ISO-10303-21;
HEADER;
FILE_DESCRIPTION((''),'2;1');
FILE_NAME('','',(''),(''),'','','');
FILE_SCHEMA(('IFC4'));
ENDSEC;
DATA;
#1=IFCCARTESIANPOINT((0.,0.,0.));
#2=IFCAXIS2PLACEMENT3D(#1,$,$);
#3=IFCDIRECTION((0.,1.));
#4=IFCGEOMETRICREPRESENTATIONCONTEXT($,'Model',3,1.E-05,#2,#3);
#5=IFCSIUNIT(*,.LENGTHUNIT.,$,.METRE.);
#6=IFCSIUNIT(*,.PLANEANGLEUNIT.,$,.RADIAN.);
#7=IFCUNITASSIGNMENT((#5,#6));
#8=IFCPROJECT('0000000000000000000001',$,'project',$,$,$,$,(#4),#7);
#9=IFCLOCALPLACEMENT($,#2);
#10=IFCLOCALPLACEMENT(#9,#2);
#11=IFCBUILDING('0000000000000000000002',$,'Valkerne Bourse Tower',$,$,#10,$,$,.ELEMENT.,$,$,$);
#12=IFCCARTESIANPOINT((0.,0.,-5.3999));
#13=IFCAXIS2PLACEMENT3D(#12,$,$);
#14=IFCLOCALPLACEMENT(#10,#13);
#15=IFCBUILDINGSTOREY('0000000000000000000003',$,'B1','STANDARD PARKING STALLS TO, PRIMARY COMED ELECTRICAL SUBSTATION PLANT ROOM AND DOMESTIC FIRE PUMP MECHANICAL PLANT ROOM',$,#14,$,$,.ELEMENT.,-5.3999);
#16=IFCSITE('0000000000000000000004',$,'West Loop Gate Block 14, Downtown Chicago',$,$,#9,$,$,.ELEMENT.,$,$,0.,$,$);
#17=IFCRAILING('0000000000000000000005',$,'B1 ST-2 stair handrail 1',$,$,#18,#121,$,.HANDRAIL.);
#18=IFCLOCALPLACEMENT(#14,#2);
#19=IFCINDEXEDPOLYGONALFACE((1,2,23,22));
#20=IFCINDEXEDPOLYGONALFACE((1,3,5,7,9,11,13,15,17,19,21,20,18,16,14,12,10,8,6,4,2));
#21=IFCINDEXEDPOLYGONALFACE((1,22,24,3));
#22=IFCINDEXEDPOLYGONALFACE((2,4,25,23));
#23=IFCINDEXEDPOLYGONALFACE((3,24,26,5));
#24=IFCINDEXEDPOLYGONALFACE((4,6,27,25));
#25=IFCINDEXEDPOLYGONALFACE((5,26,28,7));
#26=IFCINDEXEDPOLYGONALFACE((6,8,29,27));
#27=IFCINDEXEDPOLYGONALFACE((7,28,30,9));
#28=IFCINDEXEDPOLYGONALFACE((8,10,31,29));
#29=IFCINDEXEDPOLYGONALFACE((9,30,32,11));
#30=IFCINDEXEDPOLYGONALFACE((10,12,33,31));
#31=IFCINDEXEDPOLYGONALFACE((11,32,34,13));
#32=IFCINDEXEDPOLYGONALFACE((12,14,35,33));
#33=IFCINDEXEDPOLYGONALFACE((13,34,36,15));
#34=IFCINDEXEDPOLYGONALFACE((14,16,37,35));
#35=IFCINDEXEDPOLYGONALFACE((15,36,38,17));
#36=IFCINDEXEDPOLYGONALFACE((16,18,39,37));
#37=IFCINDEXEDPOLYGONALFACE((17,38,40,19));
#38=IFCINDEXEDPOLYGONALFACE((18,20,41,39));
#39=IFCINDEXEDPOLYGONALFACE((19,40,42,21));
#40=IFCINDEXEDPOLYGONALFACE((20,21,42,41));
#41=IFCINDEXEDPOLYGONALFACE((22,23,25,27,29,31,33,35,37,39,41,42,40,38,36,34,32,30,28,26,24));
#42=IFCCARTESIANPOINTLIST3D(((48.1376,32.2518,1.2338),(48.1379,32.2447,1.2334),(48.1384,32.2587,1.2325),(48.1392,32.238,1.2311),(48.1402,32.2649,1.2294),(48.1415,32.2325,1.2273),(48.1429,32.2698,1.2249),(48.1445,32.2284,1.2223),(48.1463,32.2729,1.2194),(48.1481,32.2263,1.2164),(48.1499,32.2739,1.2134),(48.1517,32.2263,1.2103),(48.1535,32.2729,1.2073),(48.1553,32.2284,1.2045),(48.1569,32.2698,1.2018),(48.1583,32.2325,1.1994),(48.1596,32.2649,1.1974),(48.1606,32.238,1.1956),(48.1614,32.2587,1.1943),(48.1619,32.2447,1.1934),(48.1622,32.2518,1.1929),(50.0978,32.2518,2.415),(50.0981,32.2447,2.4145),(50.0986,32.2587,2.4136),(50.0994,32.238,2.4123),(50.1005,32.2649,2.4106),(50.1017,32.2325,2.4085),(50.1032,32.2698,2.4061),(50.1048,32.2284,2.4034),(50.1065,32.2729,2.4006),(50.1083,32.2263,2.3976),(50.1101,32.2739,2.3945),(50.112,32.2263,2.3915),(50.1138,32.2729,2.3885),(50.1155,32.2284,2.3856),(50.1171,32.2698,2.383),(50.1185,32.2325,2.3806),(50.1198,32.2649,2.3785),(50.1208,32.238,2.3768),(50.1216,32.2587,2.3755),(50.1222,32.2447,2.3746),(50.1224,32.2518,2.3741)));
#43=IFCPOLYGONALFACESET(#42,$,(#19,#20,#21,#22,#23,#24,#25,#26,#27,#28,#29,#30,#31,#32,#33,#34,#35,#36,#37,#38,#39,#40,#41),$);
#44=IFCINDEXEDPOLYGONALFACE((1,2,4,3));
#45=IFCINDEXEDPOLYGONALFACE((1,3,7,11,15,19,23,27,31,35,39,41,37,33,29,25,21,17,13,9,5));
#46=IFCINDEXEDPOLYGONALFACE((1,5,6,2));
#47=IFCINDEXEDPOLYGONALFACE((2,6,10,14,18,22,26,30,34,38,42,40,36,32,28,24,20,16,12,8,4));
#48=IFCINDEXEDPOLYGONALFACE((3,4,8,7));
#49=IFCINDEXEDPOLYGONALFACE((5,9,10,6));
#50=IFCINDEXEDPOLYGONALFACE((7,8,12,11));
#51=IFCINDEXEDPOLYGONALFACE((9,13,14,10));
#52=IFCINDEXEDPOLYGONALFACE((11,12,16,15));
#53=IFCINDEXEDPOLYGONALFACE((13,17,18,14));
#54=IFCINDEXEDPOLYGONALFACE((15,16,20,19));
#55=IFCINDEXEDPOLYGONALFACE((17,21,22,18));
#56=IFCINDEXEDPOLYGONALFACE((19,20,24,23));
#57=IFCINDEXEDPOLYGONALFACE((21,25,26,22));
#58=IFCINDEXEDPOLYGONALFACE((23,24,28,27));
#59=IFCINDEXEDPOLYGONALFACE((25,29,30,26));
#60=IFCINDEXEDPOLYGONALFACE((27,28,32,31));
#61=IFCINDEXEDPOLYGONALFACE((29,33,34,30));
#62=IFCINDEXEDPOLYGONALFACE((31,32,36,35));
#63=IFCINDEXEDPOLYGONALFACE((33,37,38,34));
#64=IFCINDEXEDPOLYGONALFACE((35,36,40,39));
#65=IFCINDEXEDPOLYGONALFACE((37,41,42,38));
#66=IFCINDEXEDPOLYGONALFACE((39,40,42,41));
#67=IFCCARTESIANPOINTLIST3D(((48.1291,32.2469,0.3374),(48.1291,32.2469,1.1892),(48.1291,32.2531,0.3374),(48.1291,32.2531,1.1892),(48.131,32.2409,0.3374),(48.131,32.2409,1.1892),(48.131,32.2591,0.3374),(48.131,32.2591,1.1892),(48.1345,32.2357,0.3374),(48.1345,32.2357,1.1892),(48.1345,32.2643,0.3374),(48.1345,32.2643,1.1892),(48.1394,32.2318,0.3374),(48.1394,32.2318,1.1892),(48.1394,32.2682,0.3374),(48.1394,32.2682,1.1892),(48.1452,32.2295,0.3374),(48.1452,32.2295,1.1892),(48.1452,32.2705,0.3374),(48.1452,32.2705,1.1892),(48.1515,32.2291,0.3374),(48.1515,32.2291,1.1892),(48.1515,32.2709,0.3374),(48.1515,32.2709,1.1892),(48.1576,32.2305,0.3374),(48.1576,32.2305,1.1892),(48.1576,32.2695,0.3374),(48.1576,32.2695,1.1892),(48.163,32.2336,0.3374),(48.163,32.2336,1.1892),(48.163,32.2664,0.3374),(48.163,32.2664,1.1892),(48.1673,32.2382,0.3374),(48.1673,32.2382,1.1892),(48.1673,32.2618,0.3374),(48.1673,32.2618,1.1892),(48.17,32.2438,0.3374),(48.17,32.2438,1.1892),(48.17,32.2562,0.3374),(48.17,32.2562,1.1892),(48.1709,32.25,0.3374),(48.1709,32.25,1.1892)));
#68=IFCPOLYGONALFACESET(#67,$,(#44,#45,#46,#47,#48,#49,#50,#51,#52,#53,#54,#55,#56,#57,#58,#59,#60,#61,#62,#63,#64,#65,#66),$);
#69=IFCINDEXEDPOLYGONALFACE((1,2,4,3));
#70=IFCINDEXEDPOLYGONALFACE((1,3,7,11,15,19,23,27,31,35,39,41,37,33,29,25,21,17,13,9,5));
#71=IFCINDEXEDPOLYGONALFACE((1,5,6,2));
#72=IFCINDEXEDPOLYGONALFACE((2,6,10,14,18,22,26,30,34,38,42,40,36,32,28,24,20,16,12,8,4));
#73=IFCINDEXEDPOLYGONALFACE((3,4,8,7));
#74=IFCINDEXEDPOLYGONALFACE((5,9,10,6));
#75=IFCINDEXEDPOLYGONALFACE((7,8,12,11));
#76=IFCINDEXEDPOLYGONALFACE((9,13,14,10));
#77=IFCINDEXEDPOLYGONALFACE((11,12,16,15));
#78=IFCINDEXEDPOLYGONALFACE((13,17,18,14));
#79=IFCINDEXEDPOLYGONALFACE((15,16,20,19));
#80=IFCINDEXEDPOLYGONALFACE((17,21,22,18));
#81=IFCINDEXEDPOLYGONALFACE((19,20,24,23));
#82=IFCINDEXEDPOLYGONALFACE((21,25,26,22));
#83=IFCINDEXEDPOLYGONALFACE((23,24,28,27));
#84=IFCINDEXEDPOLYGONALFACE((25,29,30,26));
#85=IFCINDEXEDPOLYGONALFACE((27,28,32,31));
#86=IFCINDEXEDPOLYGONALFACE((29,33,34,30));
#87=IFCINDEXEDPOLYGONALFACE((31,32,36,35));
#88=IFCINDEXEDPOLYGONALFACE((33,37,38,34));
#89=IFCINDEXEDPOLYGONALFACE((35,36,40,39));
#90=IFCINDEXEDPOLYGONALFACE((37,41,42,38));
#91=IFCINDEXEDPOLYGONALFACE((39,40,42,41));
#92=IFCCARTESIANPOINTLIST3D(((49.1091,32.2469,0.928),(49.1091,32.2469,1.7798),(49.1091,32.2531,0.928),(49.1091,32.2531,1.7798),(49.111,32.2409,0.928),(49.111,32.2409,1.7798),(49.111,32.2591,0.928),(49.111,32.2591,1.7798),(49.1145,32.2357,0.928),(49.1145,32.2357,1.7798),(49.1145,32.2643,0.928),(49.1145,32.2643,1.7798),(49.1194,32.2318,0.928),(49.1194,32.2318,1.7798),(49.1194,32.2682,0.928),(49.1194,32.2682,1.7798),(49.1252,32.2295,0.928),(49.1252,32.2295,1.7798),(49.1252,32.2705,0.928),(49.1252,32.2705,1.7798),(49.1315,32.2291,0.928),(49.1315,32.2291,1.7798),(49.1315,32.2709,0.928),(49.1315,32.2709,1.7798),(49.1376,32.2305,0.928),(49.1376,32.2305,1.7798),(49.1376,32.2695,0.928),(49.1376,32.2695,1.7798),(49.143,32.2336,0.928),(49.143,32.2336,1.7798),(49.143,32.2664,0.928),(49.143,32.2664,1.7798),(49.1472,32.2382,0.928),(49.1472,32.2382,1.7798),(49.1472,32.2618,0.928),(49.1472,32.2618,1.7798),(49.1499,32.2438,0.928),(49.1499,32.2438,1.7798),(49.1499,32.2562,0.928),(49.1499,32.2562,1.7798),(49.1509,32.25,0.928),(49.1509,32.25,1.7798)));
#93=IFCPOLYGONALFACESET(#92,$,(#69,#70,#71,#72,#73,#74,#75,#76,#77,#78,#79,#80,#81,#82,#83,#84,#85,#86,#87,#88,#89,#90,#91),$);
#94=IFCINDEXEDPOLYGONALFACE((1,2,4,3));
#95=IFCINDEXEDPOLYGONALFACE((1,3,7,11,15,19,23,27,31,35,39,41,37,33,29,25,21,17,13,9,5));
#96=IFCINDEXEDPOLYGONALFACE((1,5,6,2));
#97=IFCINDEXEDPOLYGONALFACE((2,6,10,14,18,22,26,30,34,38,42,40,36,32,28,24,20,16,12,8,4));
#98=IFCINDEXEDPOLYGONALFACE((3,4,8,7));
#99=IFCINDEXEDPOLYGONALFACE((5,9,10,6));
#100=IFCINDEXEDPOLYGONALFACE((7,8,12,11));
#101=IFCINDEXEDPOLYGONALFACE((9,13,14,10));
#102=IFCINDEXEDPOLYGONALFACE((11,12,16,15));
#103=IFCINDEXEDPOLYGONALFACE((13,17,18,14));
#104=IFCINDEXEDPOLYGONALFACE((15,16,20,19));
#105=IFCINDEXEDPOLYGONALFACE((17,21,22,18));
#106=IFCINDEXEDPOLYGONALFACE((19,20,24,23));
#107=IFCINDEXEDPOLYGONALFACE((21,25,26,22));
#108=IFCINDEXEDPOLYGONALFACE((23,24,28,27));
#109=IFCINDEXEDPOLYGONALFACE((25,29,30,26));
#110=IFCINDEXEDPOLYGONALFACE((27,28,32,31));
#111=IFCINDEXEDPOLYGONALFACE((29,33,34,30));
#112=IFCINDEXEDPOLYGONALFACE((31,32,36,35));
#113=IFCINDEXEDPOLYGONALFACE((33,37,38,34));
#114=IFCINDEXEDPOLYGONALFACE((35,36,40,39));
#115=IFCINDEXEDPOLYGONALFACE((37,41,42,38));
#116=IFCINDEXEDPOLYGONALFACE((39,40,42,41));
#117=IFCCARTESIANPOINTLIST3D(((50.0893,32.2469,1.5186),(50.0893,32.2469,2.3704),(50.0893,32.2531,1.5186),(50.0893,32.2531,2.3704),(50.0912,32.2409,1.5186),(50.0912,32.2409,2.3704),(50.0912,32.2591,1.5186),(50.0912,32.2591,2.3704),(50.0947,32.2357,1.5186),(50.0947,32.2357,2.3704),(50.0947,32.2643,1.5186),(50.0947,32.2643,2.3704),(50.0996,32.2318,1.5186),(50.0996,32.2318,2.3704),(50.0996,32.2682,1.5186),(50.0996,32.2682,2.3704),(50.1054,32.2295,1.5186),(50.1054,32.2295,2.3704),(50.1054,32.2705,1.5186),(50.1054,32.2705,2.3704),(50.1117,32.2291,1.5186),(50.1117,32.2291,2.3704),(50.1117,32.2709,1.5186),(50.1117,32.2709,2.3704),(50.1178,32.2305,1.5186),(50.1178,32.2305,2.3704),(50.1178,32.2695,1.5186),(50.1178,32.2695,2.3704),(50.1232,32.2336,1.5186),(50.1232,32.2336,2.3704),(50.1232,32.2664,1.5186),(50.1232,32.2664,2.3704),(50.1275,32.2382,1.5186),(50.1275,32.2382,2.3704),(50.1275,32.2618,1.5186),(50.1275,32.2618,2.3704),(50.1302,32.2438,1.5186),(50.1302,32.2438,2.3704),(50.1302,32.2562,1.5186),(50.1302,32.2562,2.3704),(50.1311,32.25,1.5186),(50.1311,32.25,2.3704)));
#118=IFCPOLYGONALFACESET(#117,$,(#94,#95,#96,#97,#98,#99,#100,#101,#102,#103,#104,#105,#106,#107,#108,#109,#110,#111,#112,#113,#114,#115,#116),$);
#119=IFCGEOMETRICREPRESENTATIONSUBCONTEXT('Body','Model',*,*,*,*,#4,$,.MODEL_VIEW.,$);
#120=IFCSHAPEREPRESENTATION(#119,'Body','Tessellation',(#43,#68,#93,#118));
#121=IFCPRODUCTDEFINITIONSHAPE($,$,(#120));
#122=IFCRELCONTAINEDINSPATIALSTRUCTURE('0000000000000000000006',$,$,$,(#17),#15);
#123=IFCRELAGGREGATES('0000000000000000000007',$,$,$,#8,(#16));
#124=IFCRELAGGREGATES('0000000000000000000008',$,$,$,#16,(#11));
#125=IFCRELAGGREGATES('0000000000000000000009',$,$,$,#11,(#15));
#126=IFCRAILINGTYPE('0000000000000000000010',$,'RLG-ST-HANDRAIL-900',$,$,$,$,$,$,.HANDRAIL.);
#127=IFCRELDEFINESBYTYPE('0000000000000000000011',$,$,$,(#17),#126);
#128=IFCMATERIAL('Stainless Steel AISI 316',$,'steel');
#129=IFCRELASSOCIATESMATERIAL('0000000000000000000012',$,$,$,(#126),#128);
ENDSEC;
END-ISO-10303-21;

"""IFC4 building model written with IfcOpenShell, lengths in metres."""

from ifc_helpers import new_model, si_unit, direction, frame, origin, origin_2d, place, context, subcontext, project, spatial, circle, extrude, material, type_object, element, save


model = new_model("IFC4")

# Units and contexts
model_context = context("Model", 3, precision=1e-05, world=origin(), true_north=direction((0.0, 1.0)))
body_context = subcontext(model_context, "Body", "Model", "MODEL_VIEW")
ifc_project = project(units=[si_unit("LENGTHUNIT", "METRE"), si_unit("PLANEANGLEUNIT", "RADIAN")], contexts=[model_context])

# Site, building, storey
site_placement = place(None, origin())
site = spatial("IfcSite", under=ifc_project, at=site_placement, Name="West Loop Gate Block 14, Downtown Chicago", CompositionType="ELEMENT", RefElevation=0.0)
building_placement = place(site_placement, origin())
building = spatial("IfcBuilding", under=site, at=building_placement, Name="Valkerne Bourse Tower", CompositionType="ELEMENT")
storey_placement = place(building_placement, frame((0.0, 0.0, -5.3999)))
storey = spatial("IfcBuildingStorey", under=building, at=storey_placement, Name="B1", Description="STANDARD PARKING STALLS TO, PRIMARY COMED ELECTRICAL SUBSTATION PLANT ROOM AND DOMESTIC FIRE PUMP MECHANICAL PLANT ROOM", CompositionType="ELEMENT", Elevation=-5.3999)

# Shared definitions
ifc_material_1 = material(Name="Stainless Steel AISI 316", Category="steel")

# Railing
railing_type_1 = type_object("IfcRailingType", Name="RLG-ST-HANDRAIL-900", PredefinedType="HANDRAIL", material=ifc_material_1)
railing_1_placement = place(storey_placement, frame((48.1499, 32.25, 0.3374)))
element("IfcRailing", 1, at=railing_1_placement, inside=storey, type_object=railing_type_1, Name="B1 ST-2 stair handrail 1", PredefinedType="HANDRAIL", context=body_context, shape_type="SweptSolid", body=[
    extrude(circle(Radius=0.0239, at=origin_2d()), frame((0.0, 0.0, 0.876), z_axis=(0.856522, 0.0, 0.516111), x_axis=(0.0, 1.0, 0.0)), (0.0, 0.0, 1.0), 2.2886),
    extrude(circle(Radius=0.021, at=origin_2d()), origin(), (0.0, 0.0, 1.0), 0.8518),
    extrude(circle(Radius=0.021, at=origin_2d()), frame((0.98, 0.0, 0.5906)), (0.0, 0.0, 1.0), 0.8518),
    extrude(circle(Radius=0.021, at=origin_2d()), frame((1.9602, 0.0, 1.1812)), (0.0, 0.0, 1.0), 0.8518),
])

save(model, "model.ifc")
